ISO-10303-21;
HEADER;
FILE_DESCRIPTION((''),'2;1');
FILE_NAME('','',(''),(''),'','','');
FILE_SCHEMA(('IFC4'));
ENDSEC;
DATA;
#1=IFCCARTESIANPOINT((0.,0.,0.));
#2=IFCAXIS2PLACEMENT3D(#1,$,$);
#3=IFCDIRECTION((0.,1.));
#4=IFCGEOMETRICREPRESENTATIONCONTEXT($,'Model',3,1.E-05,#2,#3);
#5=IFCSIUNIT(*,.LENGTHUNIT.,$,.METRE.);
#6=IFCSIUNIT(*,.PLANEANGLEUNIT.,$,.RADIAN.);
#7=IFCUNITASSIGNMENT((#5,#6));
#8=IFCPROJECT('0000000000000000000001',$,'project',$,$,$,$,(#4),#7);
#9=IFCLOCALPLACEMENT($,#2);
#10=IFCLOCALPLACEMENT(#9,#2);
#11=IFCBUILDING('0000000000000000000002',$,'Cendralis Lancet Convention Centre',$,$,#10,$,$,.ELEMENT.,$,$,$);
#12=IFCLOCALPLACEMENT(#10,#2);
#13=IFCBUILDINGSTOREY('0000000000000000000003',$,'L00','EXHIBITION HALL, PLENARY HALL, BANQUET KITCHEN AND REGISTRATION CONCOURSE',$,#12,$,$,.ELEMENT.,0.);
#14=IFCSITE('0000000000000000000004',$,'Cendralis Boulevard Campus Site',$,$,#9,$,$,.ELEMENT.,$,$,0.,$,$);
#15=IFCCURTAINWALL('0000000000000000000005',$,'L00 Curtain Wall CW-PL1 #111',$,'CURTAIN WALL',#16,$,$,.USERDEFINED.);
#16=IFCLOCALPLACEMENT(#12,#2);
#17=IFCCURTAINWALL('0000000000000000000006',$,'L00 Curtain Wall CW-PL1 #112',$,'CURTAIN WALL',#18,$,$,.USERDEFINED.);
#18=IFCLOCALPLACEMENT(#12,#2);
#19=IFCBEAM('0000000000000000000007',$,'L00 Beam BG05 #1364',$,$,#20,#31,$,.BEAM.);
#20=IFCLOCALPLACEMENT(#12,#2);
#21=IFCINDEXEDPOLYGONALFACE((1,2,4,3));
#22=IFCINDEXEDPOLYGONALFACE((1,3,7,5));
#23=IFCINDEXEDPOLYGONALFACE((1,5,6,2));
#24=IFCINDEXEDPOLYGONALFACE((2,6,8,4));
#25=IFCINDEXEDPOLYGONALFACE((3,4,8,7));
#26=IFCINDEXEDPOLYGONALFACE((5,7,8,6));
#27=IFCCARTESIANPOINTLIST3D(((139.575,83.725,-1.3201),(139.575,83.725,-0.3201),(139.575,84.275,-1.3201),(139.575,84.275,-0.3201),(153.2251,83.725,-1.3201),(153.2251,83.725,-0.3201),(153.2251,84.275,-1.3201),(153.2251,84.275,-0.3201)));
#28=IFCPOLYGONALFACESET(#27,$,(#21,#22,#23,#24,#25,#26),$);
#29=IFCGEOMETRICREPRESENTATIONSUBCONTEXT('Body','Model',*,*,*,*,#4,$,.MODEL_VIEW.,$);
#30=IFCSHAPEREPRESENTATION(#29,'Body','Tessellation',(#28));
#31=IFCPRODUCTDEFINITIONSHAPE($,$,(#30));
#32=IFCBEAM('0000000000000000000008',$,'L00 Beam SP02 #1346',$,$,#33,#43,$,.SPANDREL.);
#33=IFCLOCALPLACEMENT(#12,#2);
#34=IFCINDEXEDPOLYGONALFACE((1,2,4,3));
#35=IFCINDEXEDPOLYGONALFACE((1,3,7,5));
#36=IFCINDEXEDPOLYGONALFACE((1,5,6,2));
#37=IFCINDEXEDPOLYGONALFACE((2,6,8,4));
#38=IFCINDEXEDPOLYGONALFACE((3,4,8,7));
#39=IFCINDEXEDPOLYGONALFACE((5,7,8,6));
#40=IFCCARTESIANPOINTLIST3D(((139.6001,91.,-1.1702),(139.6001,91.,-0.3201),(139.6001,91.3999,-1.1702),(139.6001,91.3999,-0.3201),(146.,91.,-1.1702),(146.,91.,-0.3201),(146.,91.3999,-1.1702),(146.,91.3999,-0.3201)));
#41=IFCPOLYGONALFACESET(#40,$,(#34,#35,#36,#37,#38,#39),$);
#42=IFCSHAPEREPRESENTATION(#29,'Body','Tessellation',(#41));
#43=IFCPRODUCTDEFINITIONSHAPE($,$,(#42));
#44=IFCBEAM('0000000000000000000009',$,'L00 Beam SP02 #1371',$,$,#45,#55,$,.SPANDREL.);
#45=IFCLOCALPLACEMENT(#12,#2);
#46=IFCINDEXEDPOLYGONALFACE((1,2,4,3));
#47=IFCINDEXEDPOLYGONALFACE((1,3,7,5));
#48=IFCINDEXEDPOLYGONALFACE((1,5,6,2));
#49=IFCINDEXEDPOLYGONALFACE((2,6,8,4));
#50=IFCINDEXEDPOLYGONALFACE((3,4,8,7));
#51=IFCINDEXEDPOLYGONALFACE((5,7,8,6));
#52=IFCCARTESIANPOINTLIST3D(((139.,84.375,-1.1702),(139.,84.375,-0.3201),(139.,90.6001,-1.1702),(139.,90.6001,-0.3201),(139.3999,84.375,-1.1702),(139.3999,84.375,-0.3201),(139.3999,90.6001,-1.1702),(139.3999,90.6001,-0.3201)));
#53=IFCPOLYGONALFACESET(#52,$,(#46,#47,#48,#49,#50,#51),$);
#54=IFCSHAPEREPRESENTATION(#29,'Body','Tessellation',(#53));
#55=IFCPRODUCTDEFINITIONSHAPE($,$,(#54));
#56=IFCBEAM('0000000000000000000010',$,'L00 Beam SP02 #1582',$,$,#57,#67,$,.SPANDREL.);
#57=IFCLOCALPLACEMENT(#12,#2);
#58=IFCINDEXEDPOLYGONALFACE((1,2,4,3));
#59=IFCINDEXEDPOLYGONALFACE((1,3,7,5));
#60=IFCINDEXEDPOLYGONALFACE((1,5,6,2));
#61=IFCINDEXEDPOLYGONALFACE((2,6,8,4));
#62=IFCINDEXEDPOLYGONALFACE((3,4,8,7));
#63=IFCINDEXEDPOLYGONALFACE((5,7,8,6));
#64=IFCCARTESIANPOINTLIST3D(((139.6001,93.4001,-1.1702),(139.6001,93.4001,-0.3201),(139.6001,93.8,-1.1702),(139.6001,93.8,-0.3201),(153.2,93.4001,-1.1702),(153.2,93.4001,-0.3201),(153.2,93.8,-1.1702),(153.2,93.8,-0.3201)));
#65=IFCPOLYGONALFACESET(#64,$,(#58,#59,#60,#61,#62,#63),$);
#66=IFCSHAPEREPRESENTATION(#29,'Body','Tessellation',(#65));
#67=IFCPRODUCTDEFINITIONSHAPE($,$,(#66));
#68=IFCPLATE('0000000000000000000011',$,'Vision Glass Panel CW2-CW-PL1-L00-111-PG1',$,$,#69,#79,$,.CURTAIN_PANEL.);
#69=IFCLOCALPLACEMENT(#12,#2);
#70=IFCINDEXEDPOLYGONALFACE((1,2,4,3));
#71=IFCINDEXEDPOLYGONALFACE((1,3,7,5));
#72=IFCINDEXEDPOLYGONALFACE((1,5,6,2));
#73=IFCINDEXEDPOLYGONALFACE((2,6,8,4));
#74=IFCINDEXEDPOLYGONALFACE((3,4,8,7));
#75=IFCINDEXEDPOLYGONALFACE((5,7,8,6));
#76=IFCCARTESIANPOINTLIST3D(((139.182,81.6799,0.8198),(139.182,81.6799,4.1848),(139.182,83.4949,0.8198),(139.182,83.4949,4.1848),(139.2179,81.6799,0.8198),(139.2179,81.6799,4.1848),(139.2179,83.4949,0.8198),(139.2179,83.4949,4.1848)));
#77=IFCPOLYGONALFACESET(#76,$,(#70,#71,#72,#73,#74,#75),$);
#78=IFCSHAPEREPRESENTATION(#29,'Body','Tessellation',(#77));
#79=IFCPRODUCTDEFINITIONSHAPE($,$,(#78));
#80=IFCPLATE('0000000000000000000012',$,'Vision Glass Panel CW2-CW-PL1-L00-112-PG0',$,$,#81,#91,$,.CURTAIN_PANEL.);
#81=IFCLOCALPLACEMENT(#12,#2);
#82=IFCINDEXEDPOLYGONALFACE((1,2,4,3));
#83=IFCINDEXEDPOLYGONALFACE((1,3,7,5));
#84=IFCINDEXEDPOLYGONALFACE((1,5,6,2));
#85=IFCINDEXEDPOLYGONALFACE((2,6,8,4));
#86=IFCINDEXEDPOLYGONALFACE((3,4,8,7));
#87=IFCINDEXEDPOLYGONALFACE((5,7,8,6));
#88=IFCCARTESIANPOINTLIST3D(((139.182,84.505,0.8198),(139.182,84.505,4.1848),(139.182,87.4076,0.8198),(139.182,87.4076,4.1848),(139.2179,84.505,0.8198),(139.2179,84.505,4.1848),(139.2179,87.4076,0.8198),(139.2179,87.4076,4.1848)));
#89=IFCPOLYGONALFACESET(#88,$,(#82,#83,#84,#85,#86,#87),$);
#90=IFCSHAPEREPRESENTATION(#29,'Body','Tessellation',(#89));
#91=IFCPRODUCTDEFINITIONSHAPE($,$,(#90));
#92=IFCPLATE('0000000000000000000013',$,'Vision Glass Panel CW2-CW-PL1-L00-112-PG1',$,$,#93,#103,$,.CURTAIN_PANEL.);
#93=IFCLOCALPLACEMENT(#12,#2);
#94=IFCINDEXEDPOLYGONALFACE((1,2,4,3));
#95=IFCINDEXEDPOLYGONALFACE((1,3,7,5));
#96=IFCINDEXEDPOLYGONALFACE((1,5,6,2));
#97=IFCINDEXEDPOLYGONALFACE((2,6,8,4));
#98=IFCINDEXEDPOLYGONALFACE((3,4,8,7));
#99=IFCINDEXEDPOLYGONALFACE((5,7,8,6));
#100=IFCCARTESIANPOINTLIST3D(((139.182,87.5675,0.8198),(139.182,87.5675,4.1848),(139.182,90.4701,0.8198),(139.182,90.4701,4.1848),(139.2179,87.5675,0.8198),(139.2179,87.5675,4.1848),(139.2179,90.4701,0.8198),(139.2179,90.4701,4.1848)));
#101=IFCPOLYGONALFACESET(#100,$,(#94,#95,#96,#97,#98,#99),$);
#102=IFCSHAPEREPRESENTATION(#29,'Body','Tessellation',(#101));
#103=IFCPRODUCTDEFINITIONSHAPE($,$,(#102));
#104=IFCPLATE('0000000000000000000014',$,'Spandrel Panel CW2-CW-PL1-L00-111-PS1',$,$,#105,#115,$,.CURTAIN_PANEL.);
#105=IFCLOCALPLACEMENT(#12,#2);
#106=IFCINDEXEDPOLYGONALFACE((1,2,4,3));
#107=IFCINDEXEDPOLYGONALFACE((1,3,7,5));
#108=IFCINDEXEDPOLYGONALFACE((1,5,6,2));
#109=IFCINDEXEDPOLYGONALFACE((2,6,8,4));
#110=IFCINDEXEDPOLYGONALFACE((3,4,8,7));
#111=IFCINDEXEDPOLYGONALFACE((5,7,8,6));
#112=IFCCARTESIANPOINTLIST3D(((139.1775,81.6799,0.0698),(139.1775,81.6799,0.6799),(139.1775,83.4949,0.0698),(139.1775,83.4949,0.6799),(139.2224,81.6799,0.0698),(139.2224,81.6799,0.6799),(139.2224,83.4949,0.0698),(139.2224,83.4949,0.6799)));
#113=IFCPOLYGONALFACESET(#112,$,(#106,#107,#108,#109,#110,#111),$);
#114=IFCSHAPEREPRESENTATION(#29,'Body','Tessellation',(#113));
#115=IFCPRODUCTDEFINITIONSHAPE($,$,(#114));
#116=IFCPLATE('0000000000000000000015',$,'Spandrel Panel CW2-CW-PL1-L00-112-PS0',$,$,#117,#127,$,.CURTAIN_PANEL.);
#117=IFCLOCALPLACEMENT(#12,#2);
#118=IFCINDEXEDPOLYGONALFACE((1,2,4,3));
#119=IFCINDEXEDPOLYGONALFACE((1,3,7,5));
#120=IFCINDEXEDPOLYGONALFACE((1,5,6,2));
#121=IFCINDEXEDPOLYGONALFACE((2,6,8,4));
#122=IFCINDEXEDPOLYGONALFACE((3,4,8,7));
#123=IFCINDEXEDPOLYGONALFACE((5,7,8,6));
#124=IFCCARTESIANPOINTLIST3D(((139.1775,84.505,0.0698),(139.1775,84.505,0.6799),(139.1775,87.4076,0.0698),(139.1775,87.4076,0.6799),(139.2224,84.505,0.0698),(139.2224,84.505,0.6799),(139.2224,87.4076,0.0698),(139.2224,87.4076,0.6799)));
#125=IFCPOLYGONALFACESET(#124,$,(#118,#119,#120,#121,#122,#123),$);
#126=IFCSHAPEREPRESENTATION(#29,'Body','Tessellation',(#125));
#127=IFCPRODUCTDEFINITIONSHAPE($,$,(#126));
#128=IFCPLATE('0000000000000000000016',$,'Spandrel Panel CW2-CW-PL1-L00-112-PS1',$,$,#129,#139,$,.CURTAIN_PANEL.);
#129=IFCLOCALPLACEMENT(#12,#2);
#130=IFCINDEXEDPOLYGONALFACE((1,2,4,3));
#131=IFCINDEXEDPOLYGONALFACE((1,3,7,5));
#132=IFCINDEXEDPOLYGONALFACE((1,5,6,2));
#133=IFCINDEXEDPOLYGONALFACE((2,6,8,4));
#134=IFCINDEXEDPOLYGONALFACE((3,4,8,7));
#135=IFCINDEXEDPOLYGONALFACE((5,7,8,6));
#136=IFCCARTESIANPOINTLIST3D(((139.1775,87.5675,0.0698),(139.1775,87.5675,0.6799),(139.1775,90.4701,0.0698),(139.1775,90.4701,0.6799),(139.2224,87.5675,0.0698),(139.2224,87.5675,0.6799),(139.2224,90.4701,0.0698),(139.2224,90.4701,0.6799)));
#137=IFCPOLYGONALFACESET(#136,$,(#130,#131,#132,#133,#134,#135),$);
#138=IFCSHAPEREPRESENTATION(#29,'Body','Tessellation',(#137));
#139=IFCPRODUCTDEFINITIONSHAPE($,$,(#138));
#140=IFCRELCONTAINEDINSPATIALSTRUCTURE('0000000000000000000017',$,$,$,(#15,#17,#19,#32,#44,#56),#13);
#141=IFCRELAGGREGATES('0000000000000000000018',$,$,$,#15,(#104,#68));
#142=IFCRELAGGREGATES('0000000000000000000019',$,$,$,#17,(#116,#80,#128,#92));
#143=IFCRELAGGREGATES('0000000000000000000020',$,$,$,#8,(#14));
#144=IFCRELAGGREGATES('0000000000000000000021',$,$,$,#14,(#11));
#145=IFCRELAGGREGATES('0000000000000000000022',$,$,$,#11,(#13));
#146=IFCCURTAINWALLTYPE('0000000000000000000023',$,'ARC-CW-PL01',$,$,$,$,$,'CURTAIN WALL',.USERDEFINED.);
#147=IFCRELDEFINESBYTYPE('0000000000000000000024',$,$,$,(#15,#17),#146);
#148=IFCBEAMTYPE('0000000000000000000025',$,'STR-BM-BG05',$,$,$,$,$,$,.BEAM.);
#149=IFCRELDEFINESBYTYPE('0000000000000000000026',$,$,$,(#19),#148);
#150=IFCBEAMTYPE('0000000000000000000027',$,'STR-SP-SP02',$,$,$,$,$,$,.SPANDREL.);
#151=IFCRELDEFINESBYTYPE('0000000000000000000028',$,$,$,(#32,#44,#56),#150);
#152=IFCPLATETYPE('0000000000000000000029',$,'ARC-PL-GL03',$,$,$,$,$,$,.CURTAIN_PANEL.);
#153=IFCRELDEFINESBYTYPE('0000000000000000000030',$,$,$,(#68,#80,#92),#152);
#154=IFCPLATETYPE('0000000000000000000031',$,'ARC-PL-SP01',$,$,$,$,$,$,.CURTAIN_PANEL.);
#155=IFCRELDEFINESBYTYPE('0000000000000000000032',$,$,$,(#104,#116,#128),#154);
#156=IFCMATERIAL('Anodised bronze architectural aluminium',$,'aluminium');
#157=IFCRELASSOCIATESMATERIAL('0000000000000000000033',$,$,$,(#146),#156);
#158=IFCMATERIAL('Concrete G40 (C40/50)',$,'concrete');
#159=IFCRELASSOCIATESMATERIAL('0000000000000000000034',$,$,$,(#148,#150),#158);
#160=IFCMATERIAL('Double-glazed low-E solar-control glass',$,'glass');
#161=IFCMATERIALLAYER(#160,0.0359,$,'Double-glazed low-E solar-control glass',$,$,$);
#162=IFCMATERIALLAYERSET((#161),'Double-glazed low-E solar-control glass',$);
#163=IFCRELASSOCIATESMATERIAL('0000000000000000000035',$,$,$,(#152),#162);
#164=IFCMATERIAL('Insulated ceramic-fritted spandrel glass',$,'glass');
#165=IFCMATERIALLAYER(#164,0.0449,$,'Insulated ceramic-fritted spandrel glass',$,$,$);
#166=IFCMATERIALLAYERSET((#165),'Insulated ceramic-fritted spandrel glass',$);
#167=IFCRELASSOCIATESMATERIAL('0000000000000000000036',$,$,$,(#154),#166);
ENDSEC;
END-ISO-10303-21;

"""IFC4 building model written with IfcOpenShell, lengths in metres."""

from ifc_helpers import new_model, si_unit, direction, frame, origin, origin_2d, place, context, subcontext, project, spatial, rectangle, extrude, material, layer, layer_set, material_profile, profile_set, type_object, element, aggregate, save


model = new_model("IFC4")

# Units and contexts
model_context = context("Model", 3, precision=1e-05, world=origin(), true_north=direction((0.0, 1.0)))
body_context = subcontext(model_context, "Body", "Model", "MODEL_VIEW")
ifc_project = project(units=[si_unit("LENGTHUNIT", "METRE"), si_unit("PLANEANGLEUNIT", "RADIAN")], contexts=[model_context])

# Site, building, storey
site_placement = place(None, origin())
site = spatial("IfcSite", under=ifc_project, at=site_placement, Name="Cendralis Boulevard Campus Site", CompositionType="ELEMENT", RefElevation=0.0)
building_placement = place(site_placement, origin())
building = spatial("IfcBuilding", under=site, at=building_placement, Name="Cendralis Lancet Convention Centre", CompositionType="ELEMENT")
storey_placement = place(building_placement, origin())
storey = spatial("IfcBuildingStorey", under=building, at=storey_placement, Name="L00", Description="EXHIBITION HALL, PLENARY HALL, BANQUET KITCHEN AND REGISTRATION CONCOURSE", CompositionType="ELEMENT", Elevation=0.0)

# Shared definitions
ifc_material_1 = material(Name="Concrete G40 (C40/50)", Category="concrete")

# Curtain wall
ifc_material_2 = material(Name="Anodised bronze architectural aluminium", Category="aluminium")
curtain_wall_type = type_object("IfcCurtainWallType", Name="ARC-CW-PL01", ElementType="CURTAIN WALL", PredefinedType="USERDEFINED", material=ifc_material_2)
curtain_wall_1_placement = place(storey_placement, origin())
curtain_wall_1 = element("IfcCurtainWall", 1, at=curtain_wall_1_placement, inside=storey, type_object=curtain_wall_type, Name="L00 Curtain Wall CW-PL1 #111", ObjectType="CURTAIN WALL", PredefinedType="USERDEFINED")

# Curtain wall
curtain_wall_2_placement = place(storey_placement, origin())
curtain_wall_2 = element("IfcCurtainWall", 2, at=curtain_wall_2_placement, inside=storey, type_object=curtain_wall_type, Name="L00 Curtain Wall CW-PL1 #112", ObjectType="CURTAIN WALL", PredefinedType="USERDEFINED")

# Beams
ifc_material_profile_1 = material_profile(ifc_material_1, rectangle(XDim=0.55, YDim=1.0, at=origin_2d()), Name="RCB 550x1000")
ifc_profile_set_1 = profile_set([ifc_material_profile_1], Name="Concrete G40 (C40/50)")
beam_type_1 = type_object("IfcBeamType", Name="STR-BM-BG05", PredefinedType="BEAM", material=ifc_profile_set_1)
beam_1_placement = place(storey_placement, frame((139.575, 84.0, -0.8201), z_axis=(1.0, 0.0, 0.0), x_axis=(0.0, 1.0, 0.0)))
element("IfcBeam", 3, at=beam_1_placement, inside=storey, type_object=beam_type_1, Name="L00 Beam BG05 #1364", PredefinedType="BEAM", context=body_context, shape_type="SweptSolid", body=[
    extrude(rectangle(XDim=0.55, YDim=1.0, at=origin_2d()), origin(), (0.0, 0.0, 1.0), 13.6501),
])
ifc_material_profile_2 = material_profile(ifc_material_1, rectangle(XDim=0.3999, YDim=0.8501, at=origin_2d()), Name="RCB 400x850")
ifc_profile_set_2 = profile_set([ifc_material_profile_2], Name="Concrete G40 (C40/50)")
beam_type_2 = type_object("IfcBeamType", Name="STR-SP-SP02", PredefinedType="SPANDREL", material=ifc_profile_set_2)
beam_2_placement = place(storey_placement, frame((139.6001, 91.2, -0.7451), z_axis=(1.0, 0.0, 0.0), x_axis=(0.0, 1.0, 0.0)))
element("IfcBeam", 4, at=beam_2_placement, inside=storey, type_object=beam_type_2, Name="L00 Beam SP02 #1346", PredefinedType="SPANDREL", context=body_context, shape_type="SweptSolid", body=[
    extrude(rectangle(XDim=0.3999, YDim=0.8501, at=origin_2d()), origin(), (0.0, 0.0, 1.0), 6.3999),
])
beam_3_placement = place(storey_placement, frame((139.2, 84.375, -0.7451), z_axis=(0.0, 1.0, 0.0), x_axis=(-1.0, 0.0, 0.0)))
element("IfcBeam", 5, at=beam_3_placement, inside=storey, type_object=beam_type_2, Name="L00 Beam SP02 #1371", PredefinedType="SPANDREL", context=body_context, shape_type="SweptSolid", body=[
    extrude(rectangle(XDim=0.3999, YDim=0.8501, at=origin_2d()), origin(), (0.0, 0.0, 1.0), 6.2251),
])
beam_4_placement = place(storey_placement, frame((139.6001, 93.6001, -0.7451), z_axis=(1.0, 0.0, 0.0), x_axis=(0.0, 1.0, 0.0)))
element("IfcBeam", 6, at=beam_4_placement, inside=storey, type_object=beam_type_2, Name="L00 Beam SP02 #1582", PredefinedType="SPANDREL", context=body_context, shape_type="SweptSolid", body=[
    extrude(rectangle(XDim=0.3999, YDim=0.8501, at=origin_2d()), origin(), (0.0, 0.0, 1.0), 13.5999),
])

# Plates
ifc_material_3 = material(Name="Double-glazed low-E solar-control glass", Category="glass")
ifc_layer_1 = layer(ifc_material_3, 0.0359, Name="Double-glazed low-E solar-control glass")
ifc_layer_set_1 = layer_set([ifc_layer_1], Name="Double-glazed low-E solar-control glass")
plate_type_1 = type_object("IfcPlateType", Name="ARC-PL-GL03", PredefinedType="CURTAIN_PANEL", material=ifc_layer_set_1)
plate_1_placement = place(storey_placement, frame((139.2, 82.5874, 0.8198), z_axis=(0.0, 0.0, 1.0), x_axis=(0.0, 1.0, 0.0)))
plate_1 = element("IfcPlate", 7, at=plate_1_placement, type_object=plate_type_1, Name="Vision Glass Panel CW2-CW-PL1-L00-111-PG1", PredefinedType="CURTAIN_PANEL", context=body_context, shape_type="SweptSolid", body=[
    extrude(rectangle(XDim=1.8149, YDim=0.0359, at=origin_2d()), origin(), (0.0, 0.0, 1.0), 3.365),
])
plate_2_placement = place(storey_placement, frame((139.2, 85.9563, 0.8198), z_axis=(0.0, 0.0, 1.0), x_axis=(0.0, 1.0, 0.0)))
plate_2 = element("IfcPlate", 8, at=plate_2_placement, type_object=plate_type_1, Name="Vision Glass Panel CW2-CW-PL1-L00-112-PG0", PredefinedType="CURTAIN_PANEL", context=body_context, shape_type="SweptSolid", body=[
    extrude(rectangle(XDim=2.9026, YDim=0.0359, at=origin_2d()), origin(), (0.0, 0.0, 1.0), 3.365),
])
plate_3_placement = place(storey_placement, frame((139.2, 89.0188, 0.8198), z_axis=(0.0, 0.0, 1.0), x_axis=(0.0, 1.0, 0.0)))
plate_3 = element("IfcPlate", 9, at=plate_3_placement, type_object=plate_type_1, Name="Vision Glass Panel CW2-CW-PL1-L00-112-PG1", PredefinedType="CURTAIN_PANEL", context=body_context, shape_type="SweptSolid", body=[
    extrude(rectangle(XDim=2.9026, YDim=0.0359, at=origin_2d()), origin(), (0.0, 0.0, 1.0), 3.365),
])
ifc_material_4 = material(Name="Insulated ceramic-fritted spandrel glass", Category="glass")
ifc_layer_2 = layer(ifc_material_4, 0.0449, Name="Insulated ceramic-fritted spandrel glass")
ifc_layer_set_2 = layer_set([ifc_layer_2], Name="Insulated ceramic-fritted spandrel glass")
plate_type_2 = type_object("IfcPlateType", Name="ARC-PL-SP01", PredefinedType="CURTAIN_PANEL", material=ifc_layer_set_2)
plate_4_placement = place(storey_placement, frame((139.2, 82.5874, 0.0698), z_axis=(0.0, 0.0, 1.0), x_axis=(0.0, 1.0, 0.0)))
plate_4 = element("IfcPlate", 10, at=plate_4_placement, type_object=plate_type_2, Name="Spandrel Panel CW2-CW-PL1-L00-111-PS1", PredefinedType="CURTAIN_PANEL", context=body_context, shape_type="SweptSolid", body=[
    extrude(rectangle(XDim=1.8149, YDim=0.0449, at=origin_2d()), origin(), (0.0, 0.0, 1.0), 0.6101),
])
aggregate(curtain_wall_1, [plate_4, plate_1])
plate_5_placement = place(storey_placement, frame((139.2, 85.9563, 0.0698), z_axis=(0.0, 0.0, 1.0), x_axis=(0.0, 1.0, 0.0)))
plate_5 = element("IfcPlate", 11, at=plate_5_placement, type_object=plate_type_2, Name="Spandrel Panel CW2-CW-PL1-L00-112-PS0", PredefinedType="CURTAIN_PANEL", context=body_context, shape_type="SweptSolid", body=[
    extrude(rectangle(XDim=2.9026, YDim=0.0449, at=origin_2d()), origin(), (0.0, 0.0, 1.0), 0.6101),
])
plate_6_placement = place(storey_placement, frame((139.2, 89.0188, 0.0698), z_axis=(0.0, 0.0, 1.0), x_axis=(0.0, 1.0, 0.0)))
plate_6 = element("IfcPlate", 12, at=plate_6_placement, type_object=plate_type_2, Name="Spandrel Panel CW2-CW-PL1-L00-112-PS1", PredefinedType="CURTAIN_PANEL", context=body_context, shape_type="SweptSolid", body=[
    extrude(rectangle(XDim=2.9026, YDim=0.0449, at=origin_2d()), origin(), (0.0, 0.0, 1.0), 0.6101),
])
aggregate(curtain_wall_2, [plate_5, plate_2, plate_6, plate_3])

save(model, "model.ifc")
